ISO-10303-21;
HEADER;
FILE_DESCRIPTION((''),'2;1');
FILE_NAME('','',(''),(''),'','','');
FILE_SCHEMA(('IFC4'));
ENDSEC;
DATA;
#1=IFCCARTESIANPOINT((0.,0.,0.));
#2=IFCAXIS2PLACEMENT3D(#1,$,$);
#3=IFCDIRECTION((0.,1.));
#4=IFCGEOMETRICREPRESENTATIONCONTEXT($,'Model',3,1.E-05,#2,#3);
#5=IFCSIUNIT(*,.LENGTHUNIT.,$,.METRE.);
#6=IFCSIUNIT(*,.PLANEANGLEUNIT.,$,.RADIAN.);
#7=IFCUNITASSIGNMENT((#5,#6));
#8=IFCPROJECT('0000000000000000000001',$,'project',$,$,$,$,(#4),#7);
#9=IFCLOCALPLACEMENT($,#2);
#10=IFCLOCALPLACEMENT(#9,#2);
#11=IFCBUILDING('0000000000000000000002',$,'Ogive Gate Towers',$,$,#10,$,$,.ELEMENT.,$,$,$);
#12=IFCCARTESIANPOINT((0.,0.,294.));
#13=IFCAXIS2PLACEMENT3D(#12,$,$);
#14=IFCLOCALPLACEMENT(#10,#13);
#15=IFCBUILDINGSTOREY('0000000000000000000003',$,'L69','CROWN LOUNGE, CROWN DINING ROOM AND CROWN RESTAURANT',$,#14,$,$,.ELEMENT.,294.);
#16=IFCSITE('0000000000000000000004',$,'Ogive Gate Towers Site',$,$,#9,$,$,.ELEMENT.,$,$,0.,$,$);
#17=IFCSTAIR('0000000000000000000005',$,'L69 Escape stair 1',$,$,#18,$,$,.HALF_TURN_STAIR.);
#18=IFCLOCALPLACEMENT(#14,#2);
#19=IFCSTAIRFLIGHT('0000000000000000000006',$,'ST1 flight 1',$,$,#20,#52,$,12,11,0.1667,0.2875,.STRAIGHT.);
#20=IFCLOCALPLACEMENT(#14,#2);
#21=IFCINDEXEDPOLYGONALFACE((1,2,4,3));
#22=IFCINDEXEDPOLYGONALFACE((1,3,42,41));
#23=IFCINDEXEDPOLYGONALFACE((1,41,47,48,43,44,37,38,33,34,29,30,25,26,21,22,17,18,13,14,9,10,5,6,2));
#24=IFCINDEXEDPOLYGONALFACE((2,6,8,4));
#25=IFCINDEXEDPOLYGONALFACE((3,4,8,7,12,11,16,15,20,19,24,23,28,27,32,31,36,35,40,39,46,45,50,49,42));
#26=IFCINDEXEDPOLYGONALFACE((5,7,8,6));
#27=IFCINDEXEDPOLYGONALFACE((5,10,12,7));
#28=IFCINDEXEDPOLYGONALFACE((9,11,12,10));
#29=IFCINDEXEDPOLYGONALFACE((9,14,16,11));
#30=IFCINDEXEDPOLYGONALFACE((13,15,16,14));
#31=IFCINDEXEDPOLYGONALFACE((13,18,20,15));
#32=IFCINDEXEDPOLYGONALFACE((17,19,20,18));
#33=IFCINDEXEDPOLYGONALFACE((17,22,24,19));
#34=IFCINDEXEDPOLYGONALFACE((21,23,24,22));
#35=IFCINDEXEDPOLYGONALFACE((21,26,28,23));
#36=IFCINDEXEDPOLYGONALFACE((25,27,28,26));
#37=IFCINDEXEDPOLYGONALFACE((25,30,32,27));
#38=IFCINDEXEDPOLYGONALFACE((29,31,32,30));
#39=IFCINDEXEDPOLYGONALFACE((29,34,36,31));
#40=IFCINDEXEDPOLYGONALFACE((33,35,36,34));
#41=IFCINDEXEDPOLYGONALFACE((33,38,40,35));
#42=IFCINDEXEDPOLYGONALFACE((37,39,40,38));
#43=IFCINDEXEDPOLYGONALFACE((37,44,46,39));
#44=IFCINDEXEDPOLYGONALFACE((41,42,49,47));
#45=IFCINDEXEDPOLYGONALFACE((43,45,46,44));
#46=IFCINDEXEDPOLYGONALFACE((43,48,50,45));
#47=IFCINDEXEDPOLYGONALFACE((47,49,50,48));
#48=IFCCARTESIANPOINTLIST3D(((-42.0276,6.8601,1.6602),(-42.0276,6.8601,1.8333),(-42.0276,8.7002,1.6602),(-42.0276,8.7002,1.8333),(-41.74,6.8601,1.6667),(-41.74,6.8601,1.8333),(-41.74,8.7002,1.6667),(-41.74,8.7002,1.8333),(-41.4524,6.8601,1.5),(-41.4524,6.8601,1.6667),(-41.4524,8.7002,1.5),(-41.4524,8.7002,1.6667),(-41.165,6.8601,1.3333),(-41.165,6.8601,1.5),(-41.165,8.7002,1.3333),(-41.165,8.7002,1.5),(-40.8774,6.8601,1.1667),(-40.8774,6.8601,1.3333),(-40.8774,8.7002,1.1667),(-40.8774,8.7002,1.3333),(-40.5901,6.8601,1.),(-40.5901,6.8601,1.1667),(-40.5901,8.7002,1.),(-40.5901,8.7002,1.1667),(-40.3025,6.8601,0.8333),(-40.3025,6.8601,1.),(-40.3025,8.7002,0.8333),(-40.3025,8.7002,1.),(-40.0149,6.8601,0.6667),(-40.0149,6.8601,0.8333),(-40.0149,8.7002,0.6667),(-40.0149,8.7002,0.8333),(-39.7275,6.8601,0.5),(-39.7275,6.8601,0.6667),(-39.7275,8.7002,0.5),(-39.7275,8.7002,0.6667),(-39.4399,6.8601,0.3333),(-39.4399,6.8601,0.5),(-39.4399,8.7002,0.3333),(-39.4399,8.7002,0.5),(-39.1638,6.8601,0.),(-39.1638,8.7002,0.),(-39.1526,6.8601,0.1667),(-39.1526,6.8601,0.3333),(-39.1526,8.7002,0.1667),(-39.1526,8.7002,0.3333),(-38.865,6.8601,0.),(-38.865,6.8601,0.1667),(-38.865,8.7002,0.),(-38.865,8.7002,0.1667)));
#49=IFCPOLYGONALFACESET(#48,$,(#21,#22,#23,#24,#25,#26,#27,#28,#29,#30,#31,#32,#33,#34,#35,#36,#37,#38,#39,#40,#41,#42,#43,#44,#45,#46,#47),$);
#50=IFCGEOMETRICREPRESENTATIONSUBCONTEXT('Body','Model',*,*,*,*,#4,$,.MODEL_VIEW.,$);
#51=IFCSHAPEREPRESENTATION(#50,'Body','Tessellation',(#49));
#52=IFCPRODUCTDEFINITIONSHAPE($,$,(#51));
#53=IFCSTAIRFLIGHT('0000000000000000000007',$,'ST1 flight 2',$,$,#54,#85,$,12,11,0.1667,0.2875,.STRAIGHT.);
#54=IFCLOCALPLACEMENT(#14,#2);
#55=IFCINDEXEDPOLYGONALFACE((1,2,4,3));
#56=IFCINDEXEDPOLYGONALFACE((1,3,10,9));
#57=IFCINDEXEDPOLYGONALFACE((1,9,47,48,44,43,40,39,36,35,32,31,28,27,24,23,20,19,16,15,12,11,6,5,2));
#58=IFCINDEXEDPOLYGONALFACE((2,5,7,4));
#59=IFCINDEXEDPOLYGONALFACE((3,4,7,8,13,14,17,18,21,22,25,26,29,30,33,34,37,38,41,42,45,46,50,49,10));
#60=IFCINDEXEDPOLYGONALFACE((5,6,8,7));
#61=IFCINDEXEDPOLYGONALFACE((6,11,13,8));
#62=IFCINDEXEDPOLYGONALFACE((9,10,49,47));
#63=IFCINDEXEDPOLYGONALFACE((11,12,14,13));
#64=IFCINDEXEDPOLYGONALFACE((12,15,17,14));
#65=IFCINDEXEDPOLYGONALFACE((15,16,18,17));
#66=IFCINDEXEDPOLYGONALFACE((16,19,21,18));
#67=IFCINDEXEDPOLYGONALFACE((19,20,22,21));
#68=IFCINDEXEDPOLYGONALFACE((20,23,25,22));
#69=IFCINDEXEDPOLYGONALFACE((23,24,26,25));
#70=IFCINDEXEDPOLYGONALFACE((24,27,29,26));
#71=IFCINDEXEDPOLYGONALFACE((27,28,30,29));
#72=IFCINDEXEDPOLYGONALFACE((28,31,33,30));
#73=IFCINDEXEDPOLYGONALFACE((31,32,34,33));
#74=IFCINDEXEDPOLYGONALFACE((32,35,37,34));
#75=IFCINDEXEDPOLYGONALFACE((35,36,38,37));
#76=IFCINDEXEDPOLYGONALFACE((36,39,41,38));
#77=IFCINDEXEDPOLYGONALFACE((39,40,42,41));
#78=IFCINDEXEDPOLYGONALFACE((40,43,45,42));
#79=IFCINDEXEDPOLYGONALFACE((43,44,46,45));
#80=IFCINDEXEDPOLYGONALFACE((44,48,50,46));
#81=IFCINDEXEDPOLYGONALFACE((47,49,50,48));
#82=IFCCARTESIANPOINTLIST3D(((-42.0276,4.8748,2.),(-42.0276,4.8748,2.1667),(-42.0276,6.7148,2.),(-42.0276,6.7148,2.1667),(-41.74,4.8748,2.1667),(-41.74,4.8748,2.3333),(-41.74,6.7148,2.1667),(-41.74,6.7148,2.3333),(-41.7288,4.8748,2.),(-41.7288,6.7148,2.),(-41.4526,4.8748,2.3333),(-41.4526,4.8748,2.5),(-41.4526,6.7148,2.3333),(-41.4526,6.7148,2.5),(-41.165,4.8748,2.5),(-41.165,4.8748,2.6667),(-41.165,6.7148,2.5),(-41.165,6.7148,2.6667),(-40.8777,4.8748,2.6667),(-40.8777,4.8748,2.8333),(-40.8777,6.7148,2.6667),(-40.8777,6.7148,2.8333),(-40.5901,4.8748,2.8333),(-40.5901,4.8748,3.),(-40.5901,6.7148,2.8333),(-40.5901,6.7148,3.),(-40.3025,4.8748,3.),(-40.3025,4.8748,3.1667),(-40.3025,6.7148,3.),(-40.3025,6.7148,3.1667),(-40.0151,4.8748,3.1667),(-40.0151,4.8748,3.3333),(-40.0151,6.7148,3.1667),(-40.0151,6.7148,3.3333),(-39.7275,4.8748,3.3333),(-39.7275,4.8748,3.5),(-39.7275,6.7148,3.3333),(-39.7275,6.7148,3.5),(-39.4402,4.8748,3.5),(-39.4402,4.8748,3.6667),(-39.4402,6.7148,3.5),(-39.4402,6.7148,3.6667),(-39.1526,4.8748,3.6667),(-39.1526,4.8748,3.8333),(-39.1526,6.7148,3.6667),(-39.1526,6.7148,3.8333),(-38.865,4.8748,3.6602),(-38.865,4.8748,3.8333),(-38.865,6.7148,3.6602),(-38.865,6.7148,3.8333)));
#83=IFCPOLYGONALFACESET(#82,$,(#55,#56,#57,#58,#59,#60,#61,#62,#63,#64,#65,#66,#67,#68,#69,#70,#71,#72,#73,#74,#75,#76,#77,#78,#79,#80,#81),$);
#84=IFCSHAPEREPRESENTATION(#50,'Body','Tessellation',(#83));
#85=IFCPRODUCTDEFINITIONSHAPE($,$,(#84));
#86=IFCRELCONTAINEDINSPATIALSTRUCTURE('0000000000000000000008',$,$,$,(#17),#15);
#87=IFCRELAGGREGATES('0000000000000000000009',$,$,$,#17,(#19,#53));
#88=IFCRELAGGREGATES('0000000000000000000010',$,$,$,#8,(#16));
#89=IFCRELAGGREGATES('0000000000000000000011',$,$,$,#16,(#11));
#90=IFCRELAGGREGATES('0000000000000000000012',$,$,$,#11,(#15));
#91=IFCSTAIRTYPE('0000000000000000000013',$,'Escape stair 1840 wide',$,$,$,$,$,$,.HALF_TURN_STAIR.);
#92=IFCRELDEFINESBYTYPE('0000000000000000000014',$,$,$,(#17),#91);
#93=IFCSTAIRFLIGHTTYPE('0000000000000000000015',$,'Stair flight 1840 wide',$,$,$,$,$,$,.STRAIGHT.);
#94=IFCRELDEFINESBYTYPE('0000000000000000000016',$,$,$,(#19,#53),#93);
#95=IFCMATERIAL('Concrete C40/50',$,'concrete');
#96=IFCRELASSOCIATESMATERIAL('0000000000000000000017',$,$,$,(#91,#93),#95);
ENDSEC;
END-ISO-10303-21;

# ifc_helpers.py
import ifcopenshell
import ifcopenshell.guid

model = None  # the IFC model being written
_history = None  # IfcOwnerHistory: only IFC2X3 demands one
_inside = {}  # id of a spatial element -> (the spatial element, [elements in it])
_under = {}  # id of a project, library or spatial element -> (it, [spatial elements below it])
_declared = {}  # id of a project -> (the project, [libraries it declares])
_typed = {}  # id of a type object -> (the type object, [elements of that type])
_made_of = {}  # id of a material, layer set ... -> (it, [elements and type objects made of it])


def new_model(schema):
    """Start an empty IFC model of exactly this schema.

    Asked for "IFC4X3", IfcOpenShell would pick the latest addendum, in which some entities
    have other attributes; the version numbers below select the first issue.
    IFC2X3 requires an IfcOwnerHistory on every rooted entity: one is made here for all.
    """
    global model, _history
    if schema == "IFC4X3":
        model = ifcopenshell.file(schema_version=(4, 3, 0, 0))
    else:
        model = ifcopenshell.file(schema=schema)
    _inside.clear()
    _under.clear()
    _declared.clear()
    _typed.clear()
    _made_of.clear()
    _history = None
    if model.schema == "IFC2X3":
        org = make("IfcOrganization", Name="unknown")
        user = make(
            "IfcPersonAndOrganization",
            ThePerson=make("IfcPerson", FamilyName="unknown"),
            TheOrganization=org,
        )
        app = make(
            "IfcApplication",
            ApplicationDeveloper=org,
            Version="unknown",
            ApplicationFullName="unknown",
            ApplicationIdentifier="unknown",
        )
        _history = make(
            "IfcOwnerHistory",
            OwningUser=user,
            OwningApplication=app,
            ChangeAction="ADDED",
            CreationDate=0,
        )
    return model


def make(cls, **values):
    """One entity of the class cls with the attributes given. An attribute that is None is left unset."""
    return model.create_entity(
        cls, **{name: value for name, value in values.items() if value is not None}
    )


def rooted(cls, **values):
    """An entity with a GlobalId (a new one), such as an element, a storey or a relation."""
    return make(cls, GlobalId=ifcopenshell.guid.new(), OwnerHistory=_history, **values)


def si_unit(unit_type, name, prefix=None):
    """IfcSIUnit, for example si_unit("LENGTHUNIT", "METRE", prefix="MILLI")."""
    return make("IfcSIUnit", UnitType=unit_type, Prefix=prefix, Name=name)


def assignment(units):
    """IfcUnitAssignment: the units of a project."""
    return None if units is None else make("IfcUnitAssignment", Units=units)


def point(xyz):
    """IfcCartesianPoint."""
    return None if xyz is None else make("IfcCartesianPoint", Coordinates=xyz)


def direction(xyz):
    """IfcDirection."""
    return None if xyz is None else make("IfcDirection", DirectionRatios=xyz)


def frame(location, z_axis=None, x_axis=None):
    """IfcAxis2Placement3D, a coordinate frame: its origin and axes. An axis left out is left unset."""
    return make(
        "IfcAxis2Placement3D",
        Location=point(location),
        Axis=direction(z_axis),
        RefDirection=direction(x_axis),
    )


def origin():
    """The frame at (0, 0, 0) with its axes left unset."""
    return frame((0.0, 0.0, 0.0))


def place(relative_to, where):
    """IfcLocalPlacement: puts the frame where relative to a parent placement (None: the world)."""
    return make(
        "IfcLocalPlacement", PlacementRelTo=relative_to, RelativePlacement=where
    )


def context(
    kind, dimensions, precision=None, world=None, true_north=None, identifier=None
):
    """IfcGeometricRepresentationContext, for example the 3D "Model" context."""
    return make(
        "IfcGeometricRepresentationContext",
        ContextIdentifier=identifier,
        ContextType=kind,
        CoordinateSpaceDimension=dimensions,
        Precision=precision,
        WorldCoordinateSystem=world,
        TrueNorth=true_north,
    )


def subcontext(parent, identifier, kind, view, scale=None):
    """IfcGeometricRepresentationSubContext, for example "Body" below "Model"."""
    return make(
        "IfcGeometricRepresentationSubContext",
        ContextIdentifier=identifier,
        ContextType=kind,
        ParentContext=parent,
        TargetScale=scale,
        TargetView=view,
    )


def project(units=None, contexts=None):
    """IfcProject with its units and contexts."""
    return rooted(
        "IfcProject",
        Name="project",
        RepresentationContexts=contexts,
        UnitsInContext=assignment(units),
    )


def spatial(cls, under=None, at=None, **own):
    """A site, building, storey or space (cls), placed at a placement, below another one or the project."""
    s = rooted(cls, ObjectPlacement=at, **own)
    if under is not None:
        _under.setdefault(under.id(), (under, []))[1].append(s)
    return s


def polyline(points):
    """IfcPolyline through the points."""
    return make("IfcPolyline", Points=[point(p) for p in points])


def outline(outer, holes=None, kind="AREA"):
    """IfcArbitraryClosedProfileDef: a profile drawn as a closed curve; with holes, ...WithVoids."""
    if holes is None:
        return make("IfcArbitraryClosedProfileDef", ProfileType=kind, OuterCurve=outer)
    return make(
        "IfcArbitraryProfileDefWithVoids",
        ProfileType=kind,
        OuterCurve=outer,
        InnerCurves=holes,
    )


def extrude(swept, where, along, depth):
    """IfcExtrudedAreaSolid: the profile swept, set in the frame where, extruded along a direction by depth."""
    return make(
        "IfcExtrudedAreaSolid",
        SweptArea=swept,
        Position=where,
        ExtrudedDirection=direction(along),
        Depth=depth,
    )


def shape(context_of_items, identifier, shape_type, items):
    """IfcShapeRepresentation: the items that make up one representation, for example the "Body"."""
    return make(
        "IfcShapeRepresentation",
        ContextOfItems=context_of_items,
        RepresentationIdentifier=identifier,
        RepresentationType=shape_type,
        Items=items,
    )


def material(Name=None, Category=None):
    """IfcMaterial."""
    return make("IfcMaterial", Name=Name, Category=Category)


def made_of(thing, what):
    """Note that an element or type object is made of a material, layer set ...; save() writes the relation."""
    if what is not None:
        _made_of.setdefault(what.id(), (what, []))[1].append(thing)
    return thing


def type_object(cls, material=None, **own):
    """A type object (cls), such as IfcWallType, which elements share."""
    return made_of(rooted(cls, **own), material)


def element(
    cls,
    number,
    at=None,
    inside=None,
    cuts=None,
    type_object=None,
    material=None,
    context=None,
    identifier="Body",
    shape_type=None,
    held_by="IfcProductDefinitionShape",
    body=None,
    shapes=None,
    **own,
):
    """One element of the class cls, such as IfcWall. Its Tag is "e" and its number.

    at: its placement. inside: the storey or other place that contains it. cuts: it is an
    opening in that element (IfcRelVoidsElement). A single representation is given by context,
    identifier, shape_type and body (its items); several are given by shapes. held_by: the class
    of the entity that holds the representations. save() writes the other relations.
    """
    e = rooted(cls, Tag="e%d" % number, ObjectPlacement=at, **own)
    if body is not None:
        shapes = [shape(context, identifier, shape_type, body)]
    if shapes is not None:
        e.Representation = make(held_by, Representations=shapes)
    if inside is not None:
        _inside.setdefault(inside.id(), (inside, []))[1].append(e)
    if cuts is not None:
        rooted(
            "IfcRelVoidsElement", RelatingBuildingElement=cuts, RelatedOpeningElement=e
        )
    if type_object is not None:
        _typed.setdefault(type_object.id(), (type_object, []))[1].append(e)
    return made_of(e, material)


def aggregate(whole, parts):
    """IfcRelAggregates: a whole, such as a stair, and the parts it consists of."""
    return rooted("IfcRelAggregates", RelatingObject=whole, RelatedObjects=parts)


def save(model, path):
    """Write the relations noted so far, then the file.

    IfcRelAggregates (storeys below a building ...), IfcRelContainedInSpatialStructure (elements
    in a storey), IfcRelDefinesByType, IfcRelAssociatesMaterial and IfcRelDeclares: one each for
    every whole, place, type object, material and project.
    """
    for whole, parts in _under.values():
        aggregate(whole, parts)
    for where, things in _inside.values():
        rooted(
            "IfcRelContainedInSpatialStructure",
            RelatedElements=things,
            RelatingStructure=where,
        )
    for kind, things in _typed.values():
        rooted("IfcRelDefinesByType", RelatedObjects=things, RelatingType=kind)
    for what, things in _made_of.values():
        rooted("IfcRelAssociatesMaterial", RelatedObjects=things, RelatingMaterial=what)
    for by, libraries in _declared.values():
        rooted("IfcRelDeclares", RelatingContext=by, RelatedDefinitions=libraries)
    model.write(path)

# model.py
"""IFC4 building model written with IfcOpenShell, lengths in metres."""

from ifc_helpers import new_model, si_unit, direction, frame, origin, place, context, subcontext, project, spatial, polyline, outline, extrude, material, type_object, element, aggregate, save


model = new_model("IFC4")

# Units and contexts
model_context = context("Model", 3, precision=1e-05, world=origin(), true_north=direction((0.0, 1.0)))
body_context = subcontext(model_context, "Body", "Model", "MODEL_VIEW")
ifc_project = project(units=[si_unit("LENGTHUNIT", "METRE"), si_unit("PLANEANGLEUNIT", "RADIAN")], contexts=[model_context])

# Site, building, storey
site_placement = place(None, origin())
site = spatial("IfcSite", under=ifc_project, at=site_placement, Name="Ogive Gate Towers Site", CompositionType="ELEMENT", RefElevation=0.0)
building_placement = place(site_placement, origin())
building = spatial("IfcBuilding", under=site, at=building_placement, Name="Ogive Gate Towers", CompositionType="ELEMENT")
storey_placement = place(building_placement, frame((0.0, 0.0, 294.0)))
storey = spatial("IfcBuildingStorey", under=building, at=storey_placement, Name="L69", Description="CROWN LOUNGE, CROWN DINING ROOM AND CROWN RESTAURANT", CompositionType="ELEMENT", Elevation=294.0)

# Stair, stair flights
ifc_material_1 = material(Name="Concrete C40/50", Category="concrete")
stair_type = type_object("IfcStairType", Name="Escape stair 1840 wide", PredefinedType="HALF_TURN_STAIR", material=ifc_material_1)
stair_placement = place(storey_placement, origin())
stair = element("IfcStair", 1, at=stair_placement, inside=storey, type_object=stair_type, Name="L69 Escape stair 1", PredefinedType="HALF_TURN_STAIR")
stair_flight_type = type_object("IfcStairFlightType", Name="Stair flight 1840 wide", PredefinedType="STRAIGHT", material=ifc_material_1)
stair_flight_1_placement = place(storey_placement, frame((-38.865, 7.78, 0.0), z_axis=(0.0, 0.0, 1.0), x_axis=(-1.0, 0.0, 0.0)))
stair_flight_1 = element("IfcStairFlight", 2, at=stair_flight_1_placement, type_object=stair_flight_type, Name="ST1 flight 1", NumberOfRisers=12, NumberOfTreads=11, PredefinedType="STRAIGHT", RiserHeight=0.1667, TreadLength=0.2875, context=body_context, shape_type="SweptSolid", body=[
    extrude(outline(polyline([(0.0, 0.0), (0.0, 0.1667), (0.2876, 0.1667), (0.2876, 0.3333), (0.575, 0.3333), (0.575, 0.5), (0.8625, 0.5), (0.8625, 0.6667), (1.1499, 0.6667), (1.1499, 0.8333), (1.4375, 0.8333), (1.4375, 1.0), (1.7251, 1.0), (1.7251, 1.1667), (2.0125, 1.1667), (2.0125, 1.3333), (2.3, 1.3333), (2.3, 1.5), (2.5874, 1.5), (2.5874, 1.6667), (2.875, 1.6667), (2.875, 1.8333), (3.1626, 1.8333), (3.1626, 2.0), (3.1626, 1.6602), (0.2988, 0.0), (0.0, 0.0)])), frame((0.0, 0.9199, 0.0), z_axis=(0.0, -1.0, 0.0), x_axis=(1.0, 0.0, 0.0)), (0.0, 0.0, 1.0), 1.8401),
])
stair_flight_2_placement = place(storey_placement, frame((-42.0276, 5.7949, 2.0), z_axis=(0.0, 0.0, 1.0), x_axis=(1.0, 0.0, 0.0)))
stair_flight_2 = element("IfcStairFlight", 3, at=stair_flight_2_placement, type_object=stair_flight_type, Name="ST1 flight 2", NumberOfRisers=12, NumberOfTreads=11, PredefinedType="STRAIGHT", RiserHeight=0.1667, TreadLength=0.2875, context=body_context, shape_type="SweptSolid", body=[
    extrude(outline(polyline([(0.0, 0.0), (0.0, 0.1667), (0.2876, 0.1667), (0.2876, 0.3333), (0.575, 0.3333), (0.575, 0.5), (0.8625, 0.5), (0.8625, 0.6667), (1.1499, 0.6667), (1.1499, 0.8333), (1.4375, 0.8333), (1.4375, 1.0), (1.7251, 1.0), (1.7251, 1.1667), (2.0125, 1.1667), (2.0125, 1.3333), (2.3, 1.3333), (2.3, 1.5), (2.5874, 1.5), (2.5874, 1.6667), (2.875, 1.6667), (2.875, 1.8333), (3.1626, 1.8333), (3.1626, 2.0), (3.1626, 1.6602), (0.2988, 0.0), (0.0, 0.0)])), frame((0.0, 0.9199, 0.0), z_axis=(0.0, -1.0, 0.0), x_axis=(1.0, 0.0, 0.0)), (0.0, 0.0, 1.0), 1.8401),
])
aggregate(stair, [stair_flight_1, stair_flight_2])

save(model, "model.ifc")
